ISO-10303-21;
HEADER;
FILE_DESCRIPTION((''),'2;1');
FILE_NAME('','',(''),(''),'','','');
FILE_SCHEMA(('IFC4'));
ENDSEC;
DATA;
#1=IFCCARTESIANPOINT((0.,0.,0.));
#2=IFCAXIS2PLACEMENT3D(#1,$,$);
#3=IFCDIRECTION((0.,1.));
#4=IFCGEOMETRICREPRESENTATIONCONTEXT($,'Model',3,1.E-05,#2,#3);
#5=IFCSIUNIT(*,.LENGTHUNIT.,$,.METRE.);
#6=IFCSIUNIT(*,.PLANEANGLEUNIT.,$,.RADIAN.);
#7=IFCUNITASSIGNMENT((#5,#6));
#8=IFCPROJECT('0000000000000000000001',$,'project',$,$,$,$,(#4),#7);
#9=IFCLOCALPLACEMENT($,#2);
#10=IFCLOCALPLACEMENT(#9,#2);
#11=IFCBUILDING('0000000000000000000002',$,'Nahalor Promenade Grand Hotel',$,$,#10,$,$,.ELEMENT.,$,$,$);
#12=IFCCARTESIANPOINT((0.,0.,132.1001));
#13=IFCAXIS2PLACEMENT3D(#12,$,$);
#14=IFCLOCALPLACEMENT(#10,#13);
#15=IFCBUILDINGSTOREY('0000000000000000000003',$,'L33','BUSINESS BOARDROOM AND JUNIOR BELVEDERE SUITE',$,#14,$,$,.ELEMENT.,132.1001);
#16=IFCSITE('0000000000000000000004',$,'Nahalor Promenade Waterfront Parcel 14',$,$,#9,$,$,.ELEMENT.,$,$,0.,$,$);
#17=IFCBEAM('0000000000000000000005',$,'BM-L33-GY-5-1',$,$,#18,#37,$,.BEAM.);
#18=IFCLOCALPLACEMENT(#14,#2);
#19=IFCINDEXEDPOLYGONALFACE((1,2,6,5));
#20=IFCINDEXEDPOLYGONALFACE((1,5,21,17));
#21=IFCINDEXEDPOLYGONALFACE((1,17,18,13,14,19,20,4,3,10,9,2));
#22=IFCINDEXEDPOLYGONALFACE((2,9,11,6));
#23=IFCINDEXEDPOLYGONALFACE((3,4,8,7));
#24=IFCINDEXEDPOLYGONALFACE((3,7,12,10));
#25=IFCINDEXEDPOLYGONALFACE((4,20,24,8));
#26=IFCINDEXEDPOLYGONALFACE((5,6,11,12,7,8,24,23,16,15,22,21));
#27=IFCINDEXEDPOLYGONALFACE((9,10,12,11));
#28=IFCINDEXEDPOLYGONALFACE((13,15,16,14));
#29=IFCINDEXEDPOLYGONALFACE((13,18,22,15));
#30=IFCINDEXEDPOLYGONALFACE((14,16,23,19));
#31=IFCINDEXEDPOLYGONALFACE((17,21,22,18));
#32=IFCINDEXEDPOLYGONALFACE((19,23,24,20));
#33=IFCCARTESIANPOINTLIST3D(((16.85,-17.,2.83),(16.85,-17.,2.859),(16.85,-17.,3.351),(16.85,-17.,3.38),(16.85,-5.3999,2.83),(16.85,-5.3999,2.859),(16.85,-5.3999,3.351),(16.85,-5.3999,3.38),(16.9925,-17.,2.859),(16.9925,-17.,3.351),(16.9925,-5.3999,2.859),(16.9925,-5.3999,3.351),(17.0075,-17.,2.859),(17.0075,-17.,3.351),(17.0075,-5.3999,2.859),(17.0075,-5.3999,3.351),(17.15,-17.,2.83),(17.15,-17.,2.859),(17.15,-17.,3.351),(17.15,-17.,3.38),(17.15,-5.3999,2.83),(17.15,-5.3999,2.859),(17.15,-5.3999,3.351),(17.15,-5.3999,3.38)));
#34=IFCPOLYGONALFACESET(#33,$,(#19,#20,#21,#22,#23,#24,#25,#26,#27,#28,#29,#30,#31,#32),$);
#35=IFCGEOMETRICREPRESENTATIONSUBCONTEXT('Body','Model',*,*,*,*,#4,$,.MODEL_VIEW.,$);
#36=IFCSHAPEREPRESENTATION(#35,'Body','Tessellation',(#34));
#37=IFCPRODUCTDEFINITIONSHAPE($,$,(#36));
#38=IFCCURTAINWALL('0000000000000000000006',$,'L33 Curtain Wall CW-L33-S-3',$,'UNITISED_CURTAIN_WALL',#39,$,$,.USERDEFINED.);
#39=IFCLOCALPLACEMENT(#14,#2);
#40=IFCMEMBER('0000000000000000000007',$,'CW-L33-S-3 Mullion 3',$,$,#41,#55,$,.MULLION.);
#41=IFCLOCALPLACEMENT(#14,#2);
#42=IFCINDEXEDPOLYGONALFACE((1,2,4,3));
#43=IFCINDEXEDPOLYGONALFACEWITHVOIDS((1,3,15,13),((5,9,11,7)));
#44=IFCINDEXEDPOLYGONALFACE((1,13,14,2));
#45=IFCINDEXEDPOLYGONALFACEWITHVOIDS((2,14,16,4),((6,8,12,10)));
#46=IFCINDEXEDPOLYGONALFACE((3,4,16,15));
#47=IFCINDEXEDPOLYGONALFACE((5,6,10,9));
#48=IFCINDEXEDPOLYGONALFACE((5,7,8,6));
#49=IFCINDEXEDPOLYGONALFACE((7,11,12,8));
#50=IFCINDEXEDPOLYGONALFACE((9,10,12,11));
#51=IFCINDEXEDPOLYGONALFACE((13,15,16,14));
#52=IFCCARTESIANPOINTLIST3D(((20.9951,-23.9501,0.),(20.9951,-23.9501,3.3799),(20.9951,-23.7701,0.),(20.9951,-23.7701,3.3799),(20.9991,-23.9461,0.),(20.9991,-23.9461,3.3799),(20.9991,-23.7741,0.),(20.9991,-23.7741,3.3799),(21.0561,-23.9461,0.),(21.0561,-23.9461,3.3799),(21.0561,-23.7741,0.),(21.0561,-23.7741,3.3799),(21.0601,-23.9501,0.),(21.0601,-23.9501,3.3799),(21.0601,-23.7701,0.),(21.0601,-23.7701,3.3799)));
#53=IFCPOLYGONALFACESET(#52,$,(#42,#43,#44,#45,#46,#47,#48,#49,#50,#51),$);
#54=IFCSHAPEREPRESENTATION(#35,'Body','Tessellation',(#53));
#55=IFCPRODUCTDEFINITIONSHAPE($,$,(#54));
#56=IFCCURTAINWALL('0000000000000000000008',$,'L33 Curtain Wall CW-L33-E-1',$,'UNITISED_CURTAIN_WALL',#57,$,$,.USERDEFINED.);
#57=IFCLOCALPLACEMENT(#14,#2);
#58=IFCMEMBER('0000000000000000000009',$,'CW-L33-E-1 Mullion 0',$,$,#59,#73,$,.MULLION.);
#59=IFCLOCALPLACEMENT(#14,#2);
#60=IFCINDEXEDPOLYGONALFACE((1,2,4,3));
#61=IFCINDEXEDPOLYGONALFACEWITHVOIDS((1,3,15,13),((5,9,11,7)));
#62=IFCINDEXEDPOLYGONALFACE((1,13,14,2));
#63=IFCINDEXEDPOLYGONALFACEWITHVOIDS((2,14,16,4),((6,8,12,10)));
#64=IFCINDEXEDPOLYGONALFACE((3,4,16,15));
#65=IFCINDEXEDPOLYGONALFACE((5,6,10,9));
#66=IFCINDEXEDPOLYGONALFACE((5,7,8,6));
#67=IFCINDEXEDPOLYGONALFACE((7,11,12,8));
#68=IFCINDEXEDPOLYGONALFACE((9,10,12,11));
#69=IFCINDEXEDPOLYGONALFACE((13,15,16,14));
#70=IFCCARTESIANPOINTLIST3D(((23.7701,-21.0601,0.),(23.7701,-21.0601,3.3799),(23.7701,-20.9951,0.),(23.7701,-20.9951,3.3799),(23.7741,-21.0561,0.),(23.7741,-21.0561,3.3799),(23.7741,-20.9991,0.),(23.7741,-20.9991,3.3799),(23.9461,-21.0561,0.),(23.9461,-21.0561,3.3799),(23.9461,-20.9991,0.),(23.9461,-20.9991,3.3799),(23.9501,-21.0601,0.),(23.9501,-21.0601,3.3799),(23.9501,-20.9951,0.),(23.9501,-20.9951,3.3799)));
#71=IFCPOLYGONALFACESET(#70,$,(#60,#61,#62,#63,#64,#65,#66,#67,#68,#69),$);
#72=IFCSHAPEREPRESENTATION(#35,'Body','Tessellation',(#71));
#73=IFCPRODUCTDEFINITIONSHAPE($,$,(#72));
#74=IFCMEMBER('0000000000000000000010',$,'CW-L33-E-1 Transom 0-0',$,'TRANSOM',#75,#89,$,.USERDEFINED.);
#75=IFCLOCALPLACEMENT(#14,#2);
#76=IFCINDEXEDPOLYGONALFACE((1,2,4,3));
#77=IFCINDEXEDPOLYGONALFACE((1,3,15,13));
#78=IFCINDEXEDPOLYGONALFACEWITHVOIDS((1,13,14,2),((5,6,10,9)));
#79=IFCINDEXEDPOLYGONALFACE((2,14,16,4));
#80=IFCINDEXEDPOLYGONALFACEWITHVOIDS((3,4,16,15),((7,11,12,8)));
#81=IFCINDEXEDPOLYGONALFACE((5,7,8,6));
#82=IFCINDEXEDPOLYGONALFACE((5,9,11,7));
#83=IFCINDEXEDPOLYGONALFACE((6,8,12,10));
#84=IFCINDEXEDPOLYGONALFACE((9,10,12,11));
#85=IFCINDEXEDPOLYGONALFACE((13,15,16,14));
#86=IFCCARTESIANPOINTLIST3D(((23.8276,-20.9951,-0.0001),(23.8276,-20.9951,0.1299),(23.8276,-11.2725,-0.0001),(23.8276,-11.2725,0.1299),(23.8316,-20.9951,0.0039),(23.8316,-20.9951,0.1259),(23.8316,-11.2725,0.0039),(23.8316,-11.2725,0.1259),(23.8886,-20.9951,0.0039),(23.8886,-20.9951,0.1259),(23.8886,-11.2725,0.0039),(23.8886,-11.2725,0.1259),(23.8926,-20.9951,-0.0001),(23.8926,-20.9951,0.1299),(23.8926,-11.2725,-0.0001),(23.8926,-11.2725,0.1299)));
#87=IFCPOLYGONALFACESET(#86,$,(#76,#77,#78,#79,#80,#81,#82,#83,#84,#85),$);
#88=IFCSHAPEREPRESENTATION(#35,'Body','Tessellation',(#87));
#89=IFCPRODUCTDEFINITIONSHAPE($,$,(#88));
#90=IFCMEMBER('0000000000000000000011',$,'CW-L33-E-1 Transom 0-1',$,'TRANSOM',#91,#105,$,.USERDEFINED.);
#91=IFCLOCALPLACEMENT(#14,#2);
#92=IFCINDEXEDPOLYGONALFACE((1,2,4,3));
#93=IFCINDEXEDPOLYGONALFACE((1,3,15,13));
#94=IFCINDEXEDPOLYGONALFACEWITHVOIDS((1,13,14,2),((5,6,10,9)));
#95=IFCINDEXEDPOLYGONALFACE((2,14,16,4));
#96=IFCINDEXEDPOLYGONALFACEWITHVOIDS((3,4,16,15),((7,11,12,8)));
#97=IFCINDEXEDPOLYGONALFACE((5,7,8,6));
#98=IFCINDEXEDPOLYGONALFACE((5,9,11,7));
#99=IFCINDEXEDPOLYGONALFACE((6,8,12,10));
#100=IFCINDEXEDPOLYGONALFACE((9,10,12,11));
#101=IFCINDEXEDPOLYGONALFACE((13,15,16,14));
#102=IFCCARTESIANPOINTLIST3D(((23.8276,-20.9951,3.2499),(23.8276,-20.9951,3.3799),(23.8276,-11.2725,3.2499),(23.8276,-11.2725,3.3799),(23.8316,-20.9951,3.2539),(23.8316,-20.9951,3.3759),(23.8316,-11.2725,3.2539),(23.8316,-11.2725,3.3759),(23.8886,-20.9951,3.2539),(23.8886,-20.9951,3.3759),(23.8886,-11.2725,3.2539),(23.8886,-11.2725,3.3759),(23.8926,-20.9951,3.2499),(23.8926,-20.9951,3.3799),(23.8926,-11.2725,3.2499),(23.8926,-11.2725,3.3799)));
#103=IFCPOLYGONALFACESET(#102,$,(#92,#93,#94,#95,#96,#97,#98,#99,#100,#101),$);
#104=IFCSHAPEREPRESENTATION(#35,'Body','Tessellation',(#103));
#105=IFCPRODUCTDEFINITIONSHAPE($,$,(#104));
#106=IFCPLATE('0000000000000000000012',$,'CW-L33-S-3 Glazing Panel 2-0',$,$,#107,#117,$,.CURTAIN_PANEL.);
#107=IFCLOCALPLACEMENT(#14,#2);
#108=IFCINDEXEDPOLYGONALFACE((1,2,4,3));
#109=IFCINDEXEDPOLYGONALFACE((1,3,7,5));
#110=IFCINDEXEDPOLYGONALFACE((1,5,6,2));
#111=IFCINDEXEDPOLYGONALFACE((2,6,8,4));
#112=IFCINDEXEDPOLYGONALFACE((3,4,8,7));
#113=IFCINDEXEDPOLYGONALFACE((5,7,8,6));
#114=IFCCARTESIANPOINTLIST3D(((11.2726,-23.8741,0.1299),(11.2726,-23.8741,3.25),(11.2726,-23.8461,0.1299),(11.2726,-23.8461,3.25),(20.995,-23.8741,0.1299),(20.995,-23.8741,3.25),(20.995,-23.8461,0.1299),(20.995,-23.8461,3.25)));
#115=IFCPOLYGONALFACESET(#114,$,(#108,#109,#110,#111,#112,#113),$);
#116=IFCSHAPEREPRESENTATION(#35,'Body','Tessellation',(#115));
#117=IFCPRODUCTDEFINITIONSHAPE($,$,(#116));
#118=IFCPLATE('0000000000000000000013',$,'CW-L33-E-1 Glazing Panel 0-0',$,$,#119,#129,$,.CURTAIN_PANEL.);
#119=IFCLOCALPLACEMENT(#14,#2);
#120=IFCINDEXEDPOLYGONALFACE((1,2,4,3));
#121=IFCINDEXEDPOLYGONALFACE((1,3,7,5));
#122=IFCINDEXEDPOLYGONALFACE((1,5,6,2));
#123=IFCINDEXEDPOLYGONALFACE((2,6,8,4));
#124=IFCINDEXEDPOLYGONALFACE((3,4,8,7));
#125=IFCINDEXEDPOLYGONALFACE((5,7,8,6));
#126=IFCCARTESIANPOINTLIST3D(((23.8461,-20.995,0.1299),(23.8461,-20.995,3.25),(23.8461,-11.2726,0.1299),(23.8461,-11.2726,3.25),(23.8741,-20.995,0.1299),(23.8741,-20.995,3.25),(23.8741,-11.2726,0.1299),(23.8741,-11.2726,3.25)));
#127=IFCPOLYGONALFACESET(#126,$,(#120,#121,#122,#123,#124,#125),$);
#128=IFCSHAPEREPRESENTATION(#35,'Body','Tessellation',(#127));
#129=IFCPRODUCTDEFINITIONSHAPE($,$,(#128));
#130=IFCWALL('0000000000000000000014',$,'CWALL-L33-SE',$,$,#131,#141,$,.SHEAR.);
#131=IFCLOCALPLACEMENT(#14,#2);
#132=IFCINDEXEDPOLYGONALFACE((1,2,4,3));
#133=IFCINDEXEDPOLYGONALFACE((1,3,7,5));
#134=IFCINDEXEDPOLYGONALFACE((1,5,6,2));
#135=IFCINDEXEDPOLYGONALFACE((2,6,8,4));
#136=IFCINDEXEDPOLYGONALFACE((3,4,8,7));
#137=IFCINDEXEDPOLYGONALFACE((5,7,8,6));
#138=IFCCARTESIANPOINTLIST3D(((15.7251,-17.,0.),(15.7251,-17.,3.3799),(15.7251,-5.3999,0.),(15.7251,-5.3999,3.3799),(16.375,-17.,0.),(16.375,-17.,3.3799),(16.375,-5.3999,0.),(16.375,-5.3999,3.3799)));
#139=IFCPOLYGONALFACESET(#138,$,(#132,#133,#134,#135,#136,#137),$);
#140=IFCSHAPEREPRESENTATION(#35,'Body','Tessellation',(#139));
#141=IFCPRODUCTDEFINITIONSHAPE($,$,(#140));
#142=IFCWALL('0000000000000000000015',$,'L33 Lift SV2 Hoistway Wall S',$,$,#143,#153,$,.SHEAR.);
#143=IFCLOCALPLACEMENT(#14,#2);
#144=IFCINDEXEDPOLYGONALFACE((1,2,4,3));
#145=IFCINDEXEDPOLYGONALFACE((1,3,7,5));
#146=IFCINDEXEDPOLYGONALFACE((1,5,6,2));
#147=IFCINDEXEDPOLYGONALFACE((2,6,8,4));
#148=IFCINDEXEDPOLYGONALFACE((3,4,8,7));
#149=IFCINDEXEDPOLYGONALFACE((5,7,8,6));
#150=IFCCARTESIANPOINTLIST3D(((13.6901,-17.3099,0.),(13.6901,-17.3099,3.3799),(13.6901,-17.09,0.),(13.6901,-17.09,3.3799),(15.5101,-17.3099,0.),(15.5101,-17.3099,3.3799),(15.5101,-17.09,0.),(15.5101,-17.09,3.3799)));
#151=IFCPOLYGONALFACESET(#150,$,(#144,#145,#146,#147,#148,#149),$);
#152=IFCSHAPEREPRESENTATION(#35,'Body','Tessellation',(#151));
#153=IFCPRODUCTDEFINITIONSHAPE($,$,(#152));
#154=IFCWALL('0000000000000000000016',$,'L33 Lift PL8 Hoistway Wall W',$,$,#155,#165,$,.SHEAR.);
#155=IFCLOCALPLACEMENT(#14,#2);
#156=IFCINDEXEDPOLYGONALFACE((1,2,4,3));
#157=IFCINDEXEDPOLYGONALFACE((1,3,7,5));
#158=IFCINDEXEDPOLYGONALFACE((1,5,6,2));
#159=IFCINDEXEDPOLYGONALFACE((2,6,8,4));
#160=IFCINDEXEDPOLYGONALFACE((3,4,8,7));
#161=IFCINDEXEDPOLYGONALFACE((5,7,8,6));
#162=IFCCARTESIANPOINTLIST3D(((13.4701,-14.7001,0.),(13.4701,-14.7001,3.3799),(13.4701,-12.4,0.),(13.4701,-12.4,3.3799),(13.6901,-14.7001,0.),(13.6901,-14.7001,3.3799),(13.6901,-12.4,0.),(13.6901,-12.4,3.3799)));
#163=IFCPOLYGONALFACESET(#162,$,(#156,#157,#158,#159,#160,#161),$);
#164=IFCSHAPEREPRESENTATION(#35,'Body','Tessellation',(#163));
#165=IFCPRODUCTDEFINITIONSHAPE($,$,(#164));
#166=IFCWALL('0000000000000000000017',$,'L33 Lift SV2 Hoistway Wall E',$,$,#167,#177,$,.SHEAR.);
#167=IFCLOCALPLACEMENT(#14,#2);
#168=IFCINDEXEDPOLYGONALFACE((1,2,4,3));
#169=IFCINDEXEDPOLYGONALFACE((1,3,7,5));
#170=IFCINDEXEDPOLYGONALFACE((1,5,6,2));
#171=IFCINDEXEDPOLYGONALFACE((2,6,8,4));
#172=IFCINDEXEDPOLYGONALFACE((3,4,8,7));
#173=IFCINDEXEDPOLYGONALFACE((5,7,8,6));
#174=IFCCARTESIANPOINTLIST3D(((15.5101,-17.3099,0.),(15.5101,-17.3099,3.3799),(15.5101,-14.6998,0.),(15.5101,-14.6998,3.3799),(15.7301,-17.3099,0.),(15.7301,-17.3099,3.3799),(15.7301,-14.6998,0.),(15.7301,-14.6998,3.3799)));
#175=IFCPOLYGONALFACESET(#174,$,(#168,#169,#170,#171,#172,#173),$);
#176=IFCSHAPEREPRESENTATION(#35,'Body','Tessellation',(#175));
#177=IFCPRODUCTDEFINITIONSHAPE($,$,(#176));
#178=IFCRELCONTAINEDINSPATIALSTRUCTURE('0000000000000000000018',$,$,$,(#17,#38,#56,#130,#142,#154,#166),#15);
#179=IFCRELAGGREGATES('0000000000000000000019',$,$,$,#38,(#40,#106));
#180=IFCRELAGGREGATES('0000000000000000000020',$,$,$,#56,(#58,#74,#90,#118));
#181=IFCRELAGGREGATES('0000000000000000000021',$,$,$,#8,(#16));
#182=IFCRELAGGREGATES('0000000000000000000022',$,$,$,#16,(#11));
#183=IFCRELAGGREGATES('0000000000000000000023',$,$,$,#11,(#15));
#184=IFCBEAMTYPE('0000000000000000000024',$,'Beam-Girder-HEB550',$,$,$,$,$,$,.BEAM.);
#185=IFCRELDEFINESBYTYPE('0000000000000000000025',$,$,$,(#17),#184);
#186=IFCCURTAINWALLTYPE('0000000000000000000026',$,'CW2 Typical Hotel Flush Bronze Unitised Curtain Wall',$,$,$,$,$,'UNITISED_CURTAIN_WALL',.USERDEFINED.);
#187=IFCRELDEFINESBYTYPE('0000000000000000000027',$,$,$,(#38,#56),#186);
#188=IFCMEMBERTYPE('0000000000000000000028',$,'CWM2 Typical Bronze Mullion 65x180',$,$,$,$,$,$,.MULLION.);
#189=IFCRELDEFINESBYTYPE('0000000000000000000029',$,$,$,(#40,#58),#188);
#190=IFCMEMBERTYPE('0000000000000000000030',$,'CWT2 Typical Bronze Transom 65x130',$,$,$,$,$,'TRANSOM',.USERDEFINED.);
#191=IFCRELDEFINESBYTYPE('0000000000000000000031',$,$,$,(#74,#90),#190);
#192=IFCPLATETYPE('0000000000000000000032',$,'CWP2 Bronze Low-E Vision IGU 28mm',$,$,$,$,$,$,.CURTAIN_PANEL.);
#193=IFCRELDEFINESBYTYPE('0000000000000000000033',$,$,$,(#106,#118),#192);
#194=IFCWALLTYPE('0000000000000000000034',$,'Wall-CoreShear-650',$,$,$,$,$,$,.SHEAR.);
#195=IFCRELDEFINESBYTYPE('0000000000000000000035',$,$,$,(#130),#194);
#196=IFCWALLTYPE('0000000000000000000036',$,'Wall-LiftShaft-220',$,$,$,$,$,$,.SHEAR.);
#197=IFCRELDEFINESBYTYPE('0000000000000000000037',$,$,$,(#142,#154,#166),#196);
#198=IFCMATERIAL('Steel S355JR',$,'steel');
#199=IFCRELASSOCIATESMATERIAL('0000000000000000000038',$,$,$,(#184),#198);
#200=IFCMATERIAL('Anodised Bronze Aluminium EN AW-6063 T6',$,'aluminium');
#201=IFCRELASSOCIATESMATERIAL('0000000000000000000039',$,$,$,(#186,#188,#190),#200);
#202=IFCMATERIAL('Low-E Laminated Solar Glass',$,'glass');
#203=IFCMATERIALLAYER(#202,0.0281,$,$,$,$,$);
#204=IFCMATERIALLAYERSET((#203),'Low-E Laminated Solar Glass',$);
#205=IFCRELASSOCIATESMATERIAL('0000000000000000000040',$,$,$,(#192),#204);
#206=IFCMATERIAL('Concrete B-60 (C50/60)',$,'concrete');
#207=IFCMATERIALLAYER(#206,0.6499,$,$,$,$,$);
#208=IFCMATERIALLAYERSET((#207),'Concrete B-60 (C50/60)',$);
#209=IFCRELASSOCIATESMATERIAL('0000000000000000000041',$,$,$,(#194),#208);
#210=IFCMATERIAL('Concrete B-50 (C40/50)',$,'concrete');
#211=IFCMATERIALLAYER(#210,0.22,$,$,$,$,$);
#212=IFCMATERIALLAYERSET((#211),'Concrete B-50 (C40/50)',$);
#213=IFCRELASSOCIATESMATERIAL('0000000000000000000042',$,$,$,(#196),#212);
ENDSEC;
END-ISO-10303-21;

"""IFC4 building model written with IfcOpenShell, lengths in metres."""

from ifc_helpers import new_model, si_unit, direction, frame, frame_2d, origin, origin_2d, place, context, subcontext, project, spatial, rectangle, hollow_rectangle, i_section, extrude, source, transform, mapped, material, layer, layer_set, material_profile, profile_set, type_object, element, aggregate, save


model = new_model("IFC4")

# Units and contexts
model_context = context("Model", 3, precision=1e-05, world=origin(), true_north=direction((0.0, 1.0)))
body_context = subcontext(model_context, "Body", "Model", "MODEL_VIEW")
ifc_project = project(units=[si_unit("LENGTHUNIT", "METRE"), si_unit("PLANEANGLEUNIT", "RADIAN")], contexts=[model_context])

# Site, building, storey
site_placement = place(None, origin())
site = spatial("IfcSite", under=ifc_project, at=site_placement, Name="Nahalor Promenade Waterfront Parcel 14", CompositionType="ELEMENT", RefElevation=0.0)
building_placement = place(site_placement, origin())
building = spatial("IfcBuilding", under=site, at=building_placement, Name="Nahalor Promenade Grand Hotel", CompositionType="ELEMENT")
storey_placement = place(building_placement, frame((0.0, 0.0, 132.1001)))
storey = spatial("IfcBuildingStorey", under=building, at=storey_placement, Name="L33", Description="BUSINESS BOARDROOM AND JUNIOR BELVEDERE SUITE", CompositionType="ELEMENT", Elevation=132.1001)

# Shared definitions
ifc_material_1 = material(Name="Concrete B-60 (C50/60)", Category="concrete")

# Beam
ifc_material_2 = material(Name="Steel S355JR", Category="steel")
ifc_material_profile_1 = material_profile(ifc_material_2, i_section(OverallWidth=0.3, OverallDepth=0.55, WebThickness=0.015, FlangeThickness=0.029, at=origin_2d()), Name="HEB 550")
ifc_profile_set_1 = profile_set([ifc_material_profile_1], Name="Steel S355JR")
beam_type_1 = type_object("IfcBeamType", Name="Beam-Girder-HEB550", PredefinedType="BEAM", material=ifc_profile_set_1)
shared_shape_1 = source(origin(), body_context, "Body", "SweptSolid", [
    extrude(i_section(OverallWidth=0.3, OverallDepth=0.55, WebThickness=0.015, FlangeThickness=0.029, at=origin_2d()), origin(), (0.0, 0.0, 1.0), 11.6001),
])
beam_1_placement = place(storey_placement, frame((17.0, -17.0, 3.105), z_axis=(0.0, 1.0, 0.0), x_axis=(-1.0, 0.0, 0.0)))
element("IfcBeam", 1, at=beam_1_placement, inside=storey, type_object=beam_type_1, Name="BM-L33-GY-5-1", PredefinedType="BEAM", context=body_context, shape_type="MappedRepresentation", body=[
    mapped(shared_shape_1, transform((0.0, 0.0, 0.0), scale=1.0)),
])

# Curtain wall, member
ifc_material_3 = material(Name="Anodised Bronze Aluminium EN AW-6063 T6", Category="aluminium")
curtain_wall_type = type_object("IfcCurtainWallType", Name="CW2 Typical Hotel Flush Bronze Unitised Curtain Wall", ElementType="UNITISED_CURTAIN_WALL", PredefinedType="USERDEFINED", material=ifc_material_3)
curtain_wall_1_placement = place(storey_placement, origin())
curtain_wall_1 = element("IfcCurtainWall", 2, at=curtain_wall_1_placement, inside=storey, type_object=curtain_wall_type, Name="L33 Curtain Wall CW-L33-S-3", ObjectType="UNITISED_CURTAIN_WALL", PredefinedType="USERDEFINED")
ifc_material_profile_2 = material_profile(ifc_material_3, hollow_rectangle(XDim=0.065, YDim=0.18, WallThickness=0.004, at=origin_2d()), Name="CWM 65x180x4")
ifc_profile_set_2 = profile_set([ifc_material_profile_2], Name="Anodised Bronze Aluminium EN AW-6063 T6")
member_type_1 = type_object("IfcMemberType", Name="CWM2 Typical Bronze Mullion 65x180", PredefinedType="MULLION", material=ifc_profile_set_2)
shared_shape_2 = source(origin(), body_context, "Body", "SweptSolid", [
    extrude(hollow_rectangle(XDim=0.065, YDim=0.18, WallThickness=0.004, at=origin_2d()), origin(), (0.0, 0.0, 1.0), 3.3799),
])
member_1_placement = place(storey_placement, frame((21.0276, -23.8601, 0.0), z_axis=(0.0, 0.0, 1.0), x_axis=(1.0, 0.0, 0.0)))
member_1 = element("IfcMember", 3, at=member_1_placement, type_object=member_type_1, Name="CW-L33-S-3 Mullion 3", PredefinedType="MULLION", context=body_context, shape_type="MappedRepresentation", body=[
    mapped(shared_shape_2, transform((0.0, 0.0, 0.0), scale=1.0)),
])

# Curtain wall, members
curtain_wall_2_placement = place(storey_placement, origin())
curtain_wall_2 = element("IfcCurtainWall", 4, at=curtain_wall_2_placement, inside=storey, type_object=curtain_wall_type, Name="L33 Curtain Wall CW-L33-E-1", ObjectType="UNITISED_CURTAIN_WALL", PredefinedType="USERDEFINED")
member_2_placement = place(storey_placement, frame((23.8601, -21.0276, 0.0), z_axis=(0.0, 0.0, 1.0), x_axis=(0.0, 1.0, 0.0)))
member_2 = element("IfcMember", 5, at=member_2_placement, type_object=member_type_1, Name="CW-L33-E-1 Mullion 0", PredefinedType="MULLION", context=body_context, shape_type="MappedRepresentation", body=[
    mapped(shared_shape_2, transform((0.0, 0.0, 0.0), scale=1.0)),
])
ifc_material_profile_3 = material_profile(ifc_material_3, hollow_rectangle(XDim=0.065, YDim=0.13, WallThickness=0.004, at=origin_2d()), Name="CWT 65x130x4")
ifc_profile_set_3 = profile_set([ifc_material_profile_3], Name="Anodised Bronze Aluminium EN AW-6063 T6")
member_type_2 = type_object("IfcMemberType", Name="CWT2 Typical Bronze Transom 65x130", ElementType="TRANSOM", PredefinedType="USERDEFINED", material=ifc_profile_set_3)
shared_shape_3 = source(origin(), body_context, "Body", "SweptSolid", [
    extrude(hollow_rectangle(XDim=0.065, YDim=0.13, WallThickness=0.004, at=origin_2d()), origin(), (0.0, 0.0, 1.0), 9.7227),
])
member_3_placement = place(storey_placement, frame((23.8601, -20.9951, 0.0649), z_axis=(0.0, 1.0, 0.0), x_axis=(-1.0, 0.0, 0.0)))
member_3 = element("IfcMember", 6, at=member_3_placement, type_object=member_type_2, Name="CW-L33-E-1 Transom 0-0", ObjectType="TRANSOM", PredefinedType="USERDEFINED", context=body_context, shape_type="MappedRepresentation", body=[
    mapped(shared_shape_3, transform((0.0, 0.0, 0.0), scale=1.0)),
])
member_4_placement = place(storey_placement, frame((23.8601, -20.9951, 3.3149), z_axis=(0.0, 1.0, 0.0), x_axis=(-1.0, 0.0, 0.0)))
member_4 = element("IfcMember", 7, at=member_4_placement, type_object=member_type_2, Name="CW-L33-E-1 Transom 0-1", ObjectType="TRANSOM", PredefinedType="USERDEFINED", context=body_context, shape_type="MappedRepresentation", body=[
    mapped(shared_shape_3, transform((0.0, 0.0, 0.0), scale=1.0)),
])

# Plates
ifc_material_4 = material(Name="Low-E Laminated Solar Glass", Category="glass")
ifc_layer_1 = layer(ifc_material_4, 0.0281)
ifc_layer_set_1 = layer_set([ifc_layer_1], Name="Low-E Laminated Solar Glass")
plate_type = type_object("IfcPlateType", Name="CWP2 Bronze Low-E Vision IGU 28mm", PredefinedType="CURTAIN_PANEL", material=ifc_layer_set_1)
shared_shape_4 = source(origin(), body_context, "Body", "SweptSolid", [
    extrude(rectangle(XDim=9.7224, YDim=0.0281, at=origin_2d()), origin(), (0.0, 0.0, 1.0), 3.1201),
])
plate_1_placement = place(storey_placement, frame((16.1338, -23.8601, 0.1299), z_axis=(0.0, 0.0, 1.0), x_axis=(1.0, 0.0, 0.0)))
plate_1 = element("IfcPlate", 8, at=plate_1_placement, type_object=plate_type, Name="CW-L33-S-3 Glazing Panel 2-0", PredefinedType="CURTAIN_PANEL", context=body_context, shape_type="MappedRepresentation", body=[
    mapped(shared_shape_4, transform((0.0, 0.0, 0.0), scale=1.0)),
])
aggregate(curtain_wall_1, [member_1, plate_1])
plate_2_placement = place(storey_placement, frame((23.8601, -16.1338, 0.1299), z_axis=(0.0, 0.0, 1.0), x_axis=(0.0, 1.0, 0.0)))
plate_2 = element("IfcPlate", 9, at=plate_2_placement, type_object=plate_type, Name="CW-L33-E-1 Glazing Panel 0-0", PredefinedType="CURTAIN_PANEL", context=body_context, shape_type="MappedRepresentation", body=[
    mapped(shared_shape_4, transform((0.0, 0.0, 0.0), scale=1.0)),
])
aggregate(curtain_wall_2, [member_2, member_3, member_4, plate_2])

# Walls
ifc_layer_2 = layer(ifc_material_1, 0.6499)
ifc_layer_set_2 = layer_set([ifc_layer_2], Name="Concrete B-60 (C50/60)")
wall_type_1 = type_object("IfcWallType", Name="Wall-CoreShear-650", PredefinedType="SHEAR", material=ifc_layer_set_2)
shared_shape_5 = source(origin(), body_context, "Body", "SweptSolid", [
    extrude(rectangle(XDim=11.6001, YDim=0.6499, at=frame_2d((5.8, 0.0))), origin(), (0.0, 0.0, 1.0), 3.3799),
])
wall_1_placement = place(storey_placement, frame((16.05, -17.0, 0.0), z_axis=(0.0, 0.0, 1.0), x_axis=(0.0, 1.0, 0.0)))
element("IfcWall", 10, at=wall_1_placement, inside=storey, type_object=wall_type_1, Name="CWALL-L33-SE", PredefinedType="SHEAR", context=body_context, shape_type="MappedRepresentation", body=[
    mapped(shared_shape_5, transform((0.0, 0.0, 0.0), scale=1.0)),
])
ifc_material_5 = material(Name="Concrete B-50 (C40/50)", Category="concrete")
ifc_layer_3 = layer(ifc_material_5, 0.22)
ifc_layer_set_3 = layer_set([ifc_layer_3], Name="Concrete B-50 (C40/50)")
wall_type_2 = type_object("IfcWallType", Name="Wall-LiftShaft-220", PredefinedType="SHEAR", material=ifc_layer_set_3)
shared_shape_6 = source(origin(), body_context, "Body", "SweptSolid", [
    extrude(rectangle(XDim=1.8201, YDim=0.22, at=frame_2d((0.9102, 0.0))), origin(), (0.0, 0.0, 1.0), 3.3799),
])
wall_2_placement = place(storey_placement, frame((13.6899, -17.2, 0.0), z_axis=(0.0, 0.0, 1.0), x_axis=(1.0, 0.0, 0.0)))
element("IfcWall", 11, at=wall_2_placement, inside=storey, type_object=wall_type_2, Name="L33 Lift SV2 Hoistway Wall S", PredefinedType="SHEAR", context=body_context, shape_type="MappedRepresentation", body=[
    mapped(shared_shape_6, transform((0.0, 0.0, 0.0), scale=1.0)),
])
shared_shape_7 = source(origin(), body_context, "Body", "SweptSolid", [
    extrude(rectangle(XDim=2.3, YDim=0.22, at=frame_2d((1.1499, 0.0))), origin(), (0.0, 0.0, 1.0), 3.3799),
])
wall_3_placement = place(storey_placement, frame((13.5801, -14.7, 0.0), z_axis=(0.0, 0.0, 1.0), x_axis=(0.0, 1.0, 0.0)))
element("IfcWall", 12, at=wall_3_placement, inside=storey, type_object=wall_type_2, Name="L33 Lift PL8 Hoistway Wall W", PredefinedType="SHEAR", context=body_context, shape_type="MappedRepresentation", body=[
    mapped(shared_shape_7, transform((0.0, 0.0, 0.0), scale=1.0)),
])
shared_shape_8 = source(origin(), body_context, "Body", "SweptSolid", [
    extrude(rectangle(XDim=2.6101, YDim=0.22, at=frame_2d((1.3052, 0.0))), origin(), (0.0, 0.0, 1.0), 3.3799),
])
wall_4_placement = place(storey_placement, frame((15.6201, -17.3101, 0.0), z_axis=(0.0, 0.0, 1.0), x_axis=(0.0, 1.0, 0.0)))
element("IfcWall", 13, at=wall_4_placement, inside=storey, type_object=wall_type_2, Name="L33 Lift SV2 Hoistway Wall E", PredefinedType="SHEAR", context=body_context, shape_type="MappedRepresentation", body=[
    mapped(shared_shape_8, transform((0.0, 0.0, 0.0), scale=1.0)),
])

save(model, "model.ifc")
